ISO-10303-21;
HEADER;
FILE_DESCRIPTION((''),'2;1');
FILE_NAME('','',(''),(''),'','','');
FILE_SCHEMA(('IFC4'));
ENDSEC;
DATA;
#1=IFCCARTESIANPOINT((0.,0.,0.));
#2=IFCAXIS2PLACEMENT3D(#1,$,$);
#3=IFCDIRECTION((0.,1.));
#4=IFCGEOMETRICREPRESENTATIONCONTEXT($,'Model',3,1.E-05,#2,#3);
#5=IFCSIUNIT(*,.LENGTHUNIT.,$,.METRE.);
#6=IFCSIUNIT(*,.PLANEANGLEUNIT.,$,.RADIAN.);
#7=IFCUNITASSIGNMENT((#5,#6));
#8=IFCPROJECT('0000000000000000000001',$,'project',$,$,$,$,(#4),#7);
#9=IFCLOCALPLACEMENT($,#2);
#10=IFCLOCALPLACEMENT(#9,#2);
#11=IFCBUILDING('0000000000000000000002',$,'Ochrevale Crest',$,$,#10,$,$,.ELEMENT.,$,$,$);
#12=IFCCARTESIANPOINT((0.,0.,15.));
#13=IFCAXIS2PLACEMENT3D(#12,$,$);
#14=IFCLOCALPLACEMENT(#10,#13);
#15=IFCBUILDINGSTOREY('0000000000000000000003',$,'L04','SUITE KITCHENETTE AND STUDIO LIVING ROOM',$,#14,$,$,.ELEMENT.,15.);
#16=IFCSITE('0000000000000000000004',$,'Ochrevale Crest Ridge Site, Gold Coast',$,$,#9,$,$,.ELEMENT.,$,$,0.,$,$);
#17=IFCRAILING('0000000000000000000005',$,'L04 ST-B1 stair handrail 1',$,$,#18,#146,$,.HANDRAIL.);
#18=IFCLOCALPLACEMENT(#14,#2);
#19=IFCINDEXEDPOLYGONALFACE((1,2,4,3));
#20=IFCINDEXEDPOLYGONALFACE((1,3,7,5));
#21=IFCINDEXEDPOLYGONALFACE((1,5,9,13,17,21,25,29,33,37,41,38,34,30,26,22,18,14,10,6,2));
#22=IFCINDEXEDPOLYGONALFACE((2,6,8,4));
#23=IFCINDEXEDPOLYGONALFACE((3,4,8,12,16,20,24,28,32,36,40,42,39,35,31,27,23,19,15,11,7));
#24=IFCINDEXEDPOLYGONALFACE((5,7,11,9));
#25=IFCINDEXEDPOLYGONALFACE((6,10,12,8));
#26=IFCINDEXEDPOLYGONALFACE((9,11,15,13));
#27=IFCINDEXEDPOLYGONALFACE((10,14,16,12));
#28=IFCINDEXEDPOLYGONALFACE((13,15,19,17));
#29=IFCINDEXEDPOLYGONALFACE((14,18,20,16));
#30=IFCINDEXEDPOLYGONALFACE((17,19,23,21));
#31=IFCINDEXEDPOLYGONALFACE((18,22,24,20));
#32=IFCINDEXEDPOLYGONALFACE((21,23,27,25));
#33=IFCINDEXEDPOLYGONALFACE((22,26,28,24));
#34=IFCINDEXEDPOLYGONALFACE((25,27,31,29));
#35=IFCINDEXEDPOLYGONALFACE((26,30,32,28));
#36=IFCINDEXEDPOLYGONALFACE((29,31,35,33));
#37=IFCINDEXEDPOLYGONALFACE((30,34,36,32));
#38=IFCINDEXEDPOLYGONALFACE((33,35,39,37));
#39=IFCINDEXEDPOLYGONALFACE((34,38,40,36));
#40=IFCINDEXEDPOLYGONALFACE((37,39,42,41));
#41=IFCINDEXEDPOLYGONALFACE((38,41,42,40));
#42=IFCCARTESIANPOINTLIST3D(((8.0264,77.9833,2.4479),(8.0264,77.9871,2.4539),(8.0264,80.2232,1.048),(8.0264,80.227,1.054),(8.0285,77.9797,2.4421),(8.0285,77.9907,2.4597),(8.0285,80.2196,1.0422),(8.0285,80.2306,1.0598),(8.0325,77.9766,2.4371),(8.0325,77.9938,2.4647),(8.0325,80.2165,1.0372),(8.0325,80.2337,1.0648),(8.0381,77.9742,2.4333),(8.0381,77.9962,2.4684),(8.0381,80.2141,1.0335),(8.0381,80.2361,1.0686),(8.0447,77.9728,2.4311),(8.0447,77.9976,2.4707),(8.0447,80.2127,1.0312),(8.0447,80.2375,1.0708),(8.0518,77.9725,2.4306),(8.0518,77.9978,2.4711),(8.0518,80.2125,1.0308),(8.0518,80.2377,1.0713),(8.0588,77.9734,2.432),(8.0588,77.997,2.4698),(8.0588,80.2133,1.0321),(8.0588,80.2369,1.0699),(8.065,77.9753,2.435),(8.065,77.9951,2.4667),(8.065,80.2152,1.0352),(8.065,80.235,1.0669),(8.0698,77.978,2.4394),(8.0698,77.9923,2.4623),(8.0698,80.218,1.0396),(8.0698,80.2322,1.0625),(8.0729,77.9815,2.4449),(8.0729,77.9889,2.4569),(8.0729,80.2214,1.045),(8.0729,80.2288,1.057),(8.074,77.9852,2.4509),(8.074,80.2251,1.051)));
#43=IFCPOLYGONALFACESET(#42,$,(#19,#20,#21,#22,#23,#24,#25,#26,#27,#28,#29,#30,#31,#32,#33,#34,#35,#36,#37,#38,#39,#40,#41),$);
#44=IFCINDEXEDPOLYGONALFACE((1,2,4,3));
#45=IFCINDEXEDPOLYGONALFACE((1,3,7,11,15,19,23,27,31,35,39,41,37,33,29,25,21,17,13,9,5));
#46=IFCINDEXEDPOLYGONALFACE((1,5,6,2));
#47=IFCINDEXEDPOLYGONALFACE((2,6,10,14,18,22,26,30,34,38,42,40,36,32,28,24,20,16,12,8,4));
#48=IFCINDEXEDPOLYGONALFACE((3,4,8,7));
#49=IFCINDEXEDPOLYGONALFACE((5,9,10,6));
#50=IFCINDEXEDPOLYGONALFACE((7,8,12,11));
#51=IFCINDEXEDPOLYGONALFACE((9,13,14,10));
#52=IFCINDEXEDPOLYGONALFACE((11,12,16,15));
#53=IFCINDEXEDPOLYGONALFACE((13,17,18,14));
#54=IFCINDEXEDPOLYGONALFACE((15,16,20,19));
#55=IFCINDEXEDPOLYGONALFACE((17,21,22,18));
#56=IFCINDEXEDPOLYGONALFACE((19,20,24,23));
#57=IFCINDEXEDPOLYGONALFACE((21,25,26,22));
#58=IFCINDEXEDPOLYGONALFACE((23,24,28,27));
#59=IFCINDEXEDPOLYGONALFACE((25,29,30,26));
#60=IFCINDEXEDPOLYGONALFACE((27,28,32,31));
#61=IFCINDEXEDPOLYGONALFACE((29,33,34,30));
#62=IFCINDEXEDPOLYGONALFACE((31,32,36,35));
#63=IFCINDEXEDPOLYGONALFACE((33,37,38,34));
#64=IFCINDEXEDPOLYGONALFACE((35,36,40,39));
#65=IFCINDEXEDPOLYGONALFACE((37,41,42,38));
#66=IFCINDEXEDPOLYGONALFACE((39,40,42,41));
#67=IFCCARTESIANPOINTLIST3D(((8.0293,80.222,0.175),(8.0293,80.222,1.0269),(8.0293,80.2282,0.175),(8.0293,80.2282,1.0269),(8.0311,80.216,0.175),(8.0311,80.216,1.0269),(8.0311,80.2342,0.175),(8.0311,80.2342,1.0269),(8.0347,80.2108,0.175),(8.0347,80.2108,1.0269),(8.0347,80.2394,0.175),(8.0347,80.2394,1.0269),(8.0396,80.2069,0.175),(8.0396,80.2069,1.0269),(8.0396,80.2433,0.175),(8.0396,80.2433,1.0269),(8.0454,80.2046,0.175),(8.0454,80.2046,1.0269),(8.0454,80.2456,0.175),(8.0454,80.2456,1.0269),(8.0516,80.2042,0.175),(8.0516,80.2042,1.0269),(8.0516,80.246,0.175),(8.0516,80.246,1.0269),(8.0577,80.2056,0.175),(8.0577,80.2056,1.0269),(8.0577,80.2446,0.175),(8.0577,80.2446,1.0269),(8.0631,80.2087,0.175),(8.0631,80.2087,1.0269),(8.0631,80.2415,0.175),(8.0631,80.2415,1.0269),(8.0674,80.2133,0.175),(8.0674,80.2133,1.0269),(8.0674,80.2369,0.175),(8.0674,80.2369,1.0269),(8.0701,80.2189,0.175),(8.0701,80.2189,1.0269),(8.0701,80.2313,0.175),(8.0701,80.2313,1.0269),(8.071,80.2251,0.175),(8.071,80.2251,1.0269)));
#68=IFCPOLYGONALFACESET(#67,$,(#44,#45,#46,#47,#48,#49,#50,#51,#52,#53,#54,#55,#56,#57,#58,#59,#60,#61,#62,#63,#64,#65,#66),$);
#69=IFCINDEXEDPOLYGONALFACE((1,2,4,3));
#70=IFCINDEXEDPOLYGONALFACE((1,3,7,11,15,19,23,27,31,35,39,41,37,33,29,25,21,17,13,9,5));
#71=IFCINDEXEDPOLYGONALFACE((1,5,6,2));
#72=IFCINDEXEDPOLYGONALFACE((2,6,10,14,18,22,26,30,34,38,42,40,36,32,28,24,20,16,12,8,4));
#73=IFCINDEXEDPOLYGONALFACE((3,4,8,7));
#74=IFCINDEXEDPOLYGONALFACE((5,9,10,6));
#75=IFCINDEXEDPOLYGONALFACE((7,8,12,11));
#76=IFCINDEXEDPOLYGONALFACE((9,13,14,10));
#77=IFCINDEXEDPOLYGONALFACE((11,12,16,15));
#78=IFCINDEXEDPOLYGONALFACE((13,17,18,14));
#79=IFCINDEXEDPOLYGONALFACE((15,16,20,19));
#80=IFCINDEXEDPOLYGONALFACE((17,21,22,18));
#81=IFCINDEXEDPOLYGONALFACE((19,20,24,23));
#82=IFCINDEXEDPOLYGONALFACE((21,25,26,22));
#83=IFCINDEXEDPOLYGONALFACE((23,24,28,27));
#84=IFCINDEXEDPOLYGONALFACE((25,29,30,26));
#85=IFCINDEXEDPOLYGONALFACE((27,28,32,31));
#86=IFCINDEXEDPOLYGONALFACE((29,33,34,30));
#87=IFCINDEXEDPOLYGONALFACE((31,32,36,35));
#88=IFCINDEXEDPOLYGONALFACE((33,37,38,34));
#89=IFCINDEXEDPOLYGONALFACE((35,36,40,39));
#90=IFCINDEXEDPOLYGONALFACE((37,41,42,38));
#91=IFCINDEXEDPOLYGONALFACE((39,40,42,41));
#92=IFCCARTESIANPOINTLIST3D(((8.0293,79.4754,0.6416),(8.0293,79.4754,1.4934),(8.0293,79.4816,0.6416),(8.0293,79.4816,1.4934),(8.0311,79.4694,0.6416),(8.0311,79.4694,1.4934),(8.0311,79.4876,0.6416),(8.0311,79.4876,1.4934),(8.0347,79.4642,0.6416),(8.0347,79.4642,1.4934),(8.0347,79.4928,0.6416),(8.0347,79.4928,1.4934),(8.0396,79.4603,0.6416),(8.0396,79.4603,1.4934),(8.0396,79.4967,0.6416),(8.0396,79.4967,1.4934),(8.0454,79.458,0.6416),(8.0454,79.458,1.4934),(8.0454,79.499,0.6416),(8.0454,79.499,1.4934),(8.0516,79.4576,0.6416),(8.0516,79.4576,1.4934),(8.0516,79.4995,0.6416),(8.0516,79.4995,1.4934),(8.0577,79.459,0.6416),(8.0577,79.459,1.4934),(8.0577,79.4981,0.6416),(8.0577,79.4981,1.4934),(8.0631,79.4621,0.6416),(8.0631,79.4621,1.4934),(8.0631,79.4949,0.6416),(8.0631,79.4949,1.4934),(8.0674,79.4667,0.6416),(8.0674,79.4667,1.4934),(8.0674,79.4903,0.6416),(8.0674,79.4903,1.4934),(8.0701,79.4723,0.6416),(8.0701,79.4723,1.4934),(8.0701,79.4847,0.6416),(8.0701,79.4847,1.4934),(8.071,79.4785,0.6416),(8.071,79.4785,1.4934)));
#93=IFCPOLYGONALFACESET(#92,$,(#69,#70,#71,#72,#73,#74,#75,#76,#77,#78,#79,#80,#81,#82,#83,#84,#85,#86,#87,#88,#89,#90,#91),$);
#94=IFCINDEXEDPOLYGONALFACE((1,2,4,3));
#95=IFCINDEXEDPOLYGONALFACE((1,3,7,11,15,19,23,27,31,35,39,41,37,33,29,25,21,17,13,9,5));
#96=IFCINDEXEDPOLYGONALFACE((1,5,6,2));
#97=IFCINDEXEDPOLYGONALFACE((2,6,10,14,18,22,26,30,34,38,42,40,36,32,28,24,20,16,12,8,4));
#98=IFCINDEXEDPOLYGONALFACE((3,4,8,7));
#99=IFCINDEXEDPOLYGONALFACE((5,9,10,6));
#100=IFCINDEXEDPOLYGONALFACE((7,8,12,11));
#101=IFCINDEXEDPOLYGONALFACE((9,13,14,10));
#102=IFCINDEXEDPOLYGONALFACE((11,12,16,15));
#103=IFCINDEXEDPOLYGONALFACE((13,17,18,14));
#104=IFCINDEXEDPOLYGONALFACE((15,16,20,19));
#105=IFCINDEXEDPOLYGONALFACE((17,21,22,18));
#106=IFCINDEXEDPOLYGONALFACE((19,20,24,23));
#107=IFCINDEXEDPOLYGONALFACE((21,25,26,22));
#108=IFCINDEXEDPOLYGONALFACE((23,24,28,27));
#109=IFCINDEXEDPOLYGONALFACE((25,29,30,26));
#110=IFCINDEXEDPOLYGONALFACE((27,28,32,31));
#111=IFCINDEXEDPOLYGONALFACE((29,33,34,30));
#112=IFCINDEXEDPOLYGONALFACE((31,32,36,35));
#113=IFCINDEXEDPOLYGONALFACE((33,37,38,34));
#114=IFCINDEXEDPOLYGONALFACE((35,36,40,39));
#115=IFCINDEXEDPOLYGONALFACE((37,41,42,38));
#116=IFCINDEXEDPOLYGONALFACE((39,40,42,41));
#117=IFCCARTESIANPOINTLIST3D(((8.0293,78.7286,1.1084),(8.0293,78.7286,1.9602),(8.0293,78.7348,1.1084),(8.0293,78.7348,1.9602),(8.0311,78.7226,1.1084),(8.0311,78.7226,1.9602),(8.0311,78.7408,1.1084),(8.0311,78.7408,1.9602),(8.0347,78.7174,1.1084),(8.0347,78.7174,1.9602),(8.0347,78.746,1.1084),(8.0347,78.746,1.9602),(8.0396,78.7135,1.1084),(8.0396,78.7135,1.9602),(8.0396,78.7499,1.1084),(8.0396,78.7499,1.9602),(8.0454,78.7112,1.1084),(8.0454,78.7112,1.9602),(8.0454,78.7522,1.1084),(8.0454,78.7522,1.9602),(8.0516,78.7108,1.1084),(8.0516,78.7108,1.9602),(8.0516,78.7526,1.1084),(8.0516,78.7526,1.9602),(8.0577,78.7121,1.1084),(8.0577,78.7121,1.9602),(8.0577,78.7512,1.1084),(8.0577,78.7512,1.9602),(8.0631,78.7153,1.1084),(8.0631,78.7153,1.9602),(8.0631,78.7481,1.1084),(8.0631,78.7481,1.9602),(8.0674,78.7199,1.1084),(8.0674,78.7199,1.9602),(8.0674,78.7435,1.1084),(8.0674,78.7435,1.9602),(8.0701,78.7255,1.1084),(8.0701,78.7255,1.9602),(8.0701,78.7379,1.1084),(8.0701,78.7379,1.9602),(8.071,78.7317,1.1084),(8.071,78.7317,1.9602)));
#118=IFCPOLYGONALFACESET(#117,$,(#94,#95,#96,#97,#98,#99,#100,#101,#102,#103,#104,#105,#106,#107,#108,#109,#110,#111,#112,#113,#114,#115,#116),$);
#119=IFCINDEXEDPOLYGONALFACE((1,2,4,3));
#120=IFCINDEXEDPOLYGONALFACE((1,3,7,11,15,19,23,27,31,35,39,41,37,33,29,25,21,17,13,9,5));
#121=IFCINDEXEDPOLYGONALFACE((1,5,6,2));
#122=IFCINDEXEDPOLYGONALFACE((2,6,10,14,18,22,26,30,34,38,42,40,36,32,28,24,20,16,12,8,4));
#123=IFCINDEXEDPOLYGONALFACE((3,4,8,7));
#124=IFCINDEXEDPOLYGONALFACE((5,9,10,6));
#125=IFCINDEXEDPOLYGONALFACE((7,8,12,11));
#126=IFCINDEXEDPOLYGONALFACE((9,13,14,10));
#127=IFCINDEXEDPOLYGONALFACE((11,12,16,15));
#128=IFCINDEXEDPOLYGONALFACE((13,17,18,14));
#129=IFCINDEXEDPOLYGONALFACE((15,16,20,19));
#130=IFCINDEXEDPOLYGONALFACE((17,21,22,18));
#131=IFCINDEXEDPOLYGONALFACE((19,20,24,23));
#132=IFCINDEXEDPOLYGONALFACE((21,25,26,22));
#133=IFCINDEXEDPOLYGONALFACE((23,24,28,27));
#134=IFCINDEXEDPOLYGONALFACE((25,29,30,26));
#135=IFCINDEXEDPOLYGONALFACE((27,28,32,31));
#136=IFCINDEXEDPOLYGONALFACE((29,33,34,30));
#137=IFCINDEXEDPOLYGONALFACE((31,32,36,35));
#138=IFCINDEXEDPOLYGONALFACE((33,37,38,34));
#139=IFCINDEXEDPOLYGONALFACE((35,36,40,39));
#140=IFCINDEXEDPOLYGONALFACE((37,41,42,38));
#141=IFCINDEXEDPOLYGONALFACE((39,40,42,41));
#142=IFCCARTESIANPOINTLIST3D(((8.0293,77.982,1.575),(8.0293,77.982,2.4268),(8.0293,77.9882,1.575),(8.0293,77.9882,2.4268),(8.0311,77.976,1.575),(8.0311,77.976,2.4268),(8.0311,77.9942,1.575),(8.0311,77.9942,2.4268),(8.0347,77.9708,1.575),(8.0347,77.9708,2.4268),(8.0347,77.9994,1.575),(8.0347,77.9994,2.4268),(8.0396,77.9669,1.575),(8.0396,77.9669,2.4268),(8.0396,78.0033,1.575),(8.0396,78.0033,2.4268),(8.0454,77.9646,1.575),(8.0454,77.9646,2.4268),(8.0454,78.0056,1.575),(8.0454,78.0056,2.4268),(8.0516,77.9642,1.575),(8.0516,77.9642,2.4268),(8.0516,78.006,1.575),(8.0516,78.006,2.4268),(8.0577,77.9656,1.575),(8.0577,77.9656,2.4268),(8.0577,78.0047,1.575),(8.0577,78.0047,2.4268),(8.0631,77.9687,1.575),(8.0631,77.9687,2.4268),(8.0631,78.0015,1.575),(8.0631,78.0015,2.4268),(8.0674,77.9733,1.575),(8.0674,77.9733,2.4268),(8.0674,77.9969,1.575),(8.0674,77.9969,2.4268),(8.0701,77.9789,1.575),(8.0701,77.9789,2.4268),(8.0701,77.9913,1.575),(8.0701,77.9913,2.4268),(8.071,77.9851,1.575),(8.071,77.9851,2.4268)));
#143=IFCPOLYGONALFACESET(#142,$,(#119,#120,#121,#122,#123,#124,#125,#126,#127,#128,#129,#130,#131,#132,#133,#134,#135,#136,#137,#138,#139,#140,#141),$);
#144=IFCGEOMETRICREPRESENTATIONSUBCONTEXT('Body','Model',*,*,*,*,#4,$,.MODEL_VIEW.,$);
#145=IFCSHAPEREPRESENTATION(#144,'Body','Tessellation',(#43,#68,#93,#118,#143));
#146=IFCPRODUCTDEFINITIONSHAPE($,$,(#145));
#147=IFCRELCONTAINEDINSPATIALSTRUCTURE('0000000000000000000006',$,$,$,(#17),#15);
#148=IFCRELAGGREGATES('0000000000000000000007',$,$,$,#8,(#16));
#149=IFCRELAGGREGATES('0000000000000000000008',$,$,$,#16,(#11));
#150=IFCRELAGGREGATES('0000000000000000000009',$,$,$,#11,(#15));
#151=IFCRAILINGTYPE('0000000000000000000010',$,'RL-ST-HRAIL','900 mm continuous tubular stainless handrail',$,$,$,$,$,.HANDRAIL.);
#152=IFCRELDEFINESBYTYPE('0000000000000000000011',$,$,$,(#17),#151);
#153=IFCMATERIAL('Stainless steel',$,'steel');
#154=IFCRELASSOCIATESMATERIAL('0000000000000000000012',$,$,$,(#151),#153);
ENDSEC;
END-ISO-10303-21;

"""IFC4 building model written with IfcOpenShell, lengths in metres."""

from ifc_helpers import new_model, si_unit, direction, frame, origin, origin_2d, place, context, subcontext, project, spatial, circle, extrude, material, type_object, element, save


model = new_model("IFC4")

# Units and contexts
model_context = context("Model", 3, precision=1e-05, world=origin(), true_north=direction((0.0, 1.0)))
body_context = subcontext(model_context, "Body", "Model", "MODEL_VIEW")
ifc_project = project(units=[si_unit("LENGTHUNIT", "METRE"), si_unit("PLANEANGLEUNIT", "RADIAN")], contexts=[model_context])

# Site, building, storey
site_placement = place(None, origin())
site = spatial("IfcSite", under=ifc_project, at=site_placement, Name="Ochrevale Crest Ridge Site, Gold Coast", CompositionType="ELEMENT", RefElevation=0.0)
building_placement = place(site_placement, origin())
building = spatial("IfcBuilding", under=site, at=building_placement, Name="Ochrevale Crest", CompositionType="ELEMENT")
storey_placement = place(building_placement, frame((0.0, 0.0, 15.0)))
storey = spatial("IfcBuildingStorey", under=building, at=storey_placement, Name="L04", Description="SUITE KITCHENETTE AND STUDIO LIVING ROOM", CompositionType="ELEMENT", Elevation=15.0)

# Railing
ifc_material_1 = material(Name="Stainless steel", Category="steel")
railing_type_1 = type_object("IfcRailingType", Name="RL-ST-HRAIL", Description="900 mm continuous tubular stainless handrail", PredefinedType="HANDRAIL", material=ifc_material_1)
railing_1_placement = place(storey_placement, frame((8.05, 80.2251, 0.175)))
element("IfcRailing", 1, at=railing_1_placement, inside=storey, type_object=railing_type_1, Name="L04 ST-B1 stair handrail 1", PredefinedType="HANDRAIL", context=body_context, shape_type="SweptSolid", body=[
    extrude(circle(Radius=0.0239, at=origin_2d()), frame((0.0, 0.0, 0.876), z_axis=(0.0, -0.848014, 0.529974), x_axis=(1.0, 0.0, 0.0)), (0.0, 0.0, 1.0), 2.6414),
    extrude(circle(Radius=0.021, at=origin_2d()), origin(), (0.0, 0.0, 1.0), 0.8518),
    extrude(circle(Radius=0.021, at=origin_2d()), frame((0.0, -0.7466, 0.4666)), (0.0, 0.0, 1.0), 0.8518),
    extrude(circle(Radius=0.021, at=origin_2d()), frame((0.0, -1.4934, 0.9333)), (0.0, 0.0, 1.0), 0.8518),
    extrude(circle(Radius=0.021, at=origin_2d()), frame((0.0, -2.24, 1.3999)), (0.0, 0.0, 1.0), 0.8518),
])

save(model, "model.ifc")
